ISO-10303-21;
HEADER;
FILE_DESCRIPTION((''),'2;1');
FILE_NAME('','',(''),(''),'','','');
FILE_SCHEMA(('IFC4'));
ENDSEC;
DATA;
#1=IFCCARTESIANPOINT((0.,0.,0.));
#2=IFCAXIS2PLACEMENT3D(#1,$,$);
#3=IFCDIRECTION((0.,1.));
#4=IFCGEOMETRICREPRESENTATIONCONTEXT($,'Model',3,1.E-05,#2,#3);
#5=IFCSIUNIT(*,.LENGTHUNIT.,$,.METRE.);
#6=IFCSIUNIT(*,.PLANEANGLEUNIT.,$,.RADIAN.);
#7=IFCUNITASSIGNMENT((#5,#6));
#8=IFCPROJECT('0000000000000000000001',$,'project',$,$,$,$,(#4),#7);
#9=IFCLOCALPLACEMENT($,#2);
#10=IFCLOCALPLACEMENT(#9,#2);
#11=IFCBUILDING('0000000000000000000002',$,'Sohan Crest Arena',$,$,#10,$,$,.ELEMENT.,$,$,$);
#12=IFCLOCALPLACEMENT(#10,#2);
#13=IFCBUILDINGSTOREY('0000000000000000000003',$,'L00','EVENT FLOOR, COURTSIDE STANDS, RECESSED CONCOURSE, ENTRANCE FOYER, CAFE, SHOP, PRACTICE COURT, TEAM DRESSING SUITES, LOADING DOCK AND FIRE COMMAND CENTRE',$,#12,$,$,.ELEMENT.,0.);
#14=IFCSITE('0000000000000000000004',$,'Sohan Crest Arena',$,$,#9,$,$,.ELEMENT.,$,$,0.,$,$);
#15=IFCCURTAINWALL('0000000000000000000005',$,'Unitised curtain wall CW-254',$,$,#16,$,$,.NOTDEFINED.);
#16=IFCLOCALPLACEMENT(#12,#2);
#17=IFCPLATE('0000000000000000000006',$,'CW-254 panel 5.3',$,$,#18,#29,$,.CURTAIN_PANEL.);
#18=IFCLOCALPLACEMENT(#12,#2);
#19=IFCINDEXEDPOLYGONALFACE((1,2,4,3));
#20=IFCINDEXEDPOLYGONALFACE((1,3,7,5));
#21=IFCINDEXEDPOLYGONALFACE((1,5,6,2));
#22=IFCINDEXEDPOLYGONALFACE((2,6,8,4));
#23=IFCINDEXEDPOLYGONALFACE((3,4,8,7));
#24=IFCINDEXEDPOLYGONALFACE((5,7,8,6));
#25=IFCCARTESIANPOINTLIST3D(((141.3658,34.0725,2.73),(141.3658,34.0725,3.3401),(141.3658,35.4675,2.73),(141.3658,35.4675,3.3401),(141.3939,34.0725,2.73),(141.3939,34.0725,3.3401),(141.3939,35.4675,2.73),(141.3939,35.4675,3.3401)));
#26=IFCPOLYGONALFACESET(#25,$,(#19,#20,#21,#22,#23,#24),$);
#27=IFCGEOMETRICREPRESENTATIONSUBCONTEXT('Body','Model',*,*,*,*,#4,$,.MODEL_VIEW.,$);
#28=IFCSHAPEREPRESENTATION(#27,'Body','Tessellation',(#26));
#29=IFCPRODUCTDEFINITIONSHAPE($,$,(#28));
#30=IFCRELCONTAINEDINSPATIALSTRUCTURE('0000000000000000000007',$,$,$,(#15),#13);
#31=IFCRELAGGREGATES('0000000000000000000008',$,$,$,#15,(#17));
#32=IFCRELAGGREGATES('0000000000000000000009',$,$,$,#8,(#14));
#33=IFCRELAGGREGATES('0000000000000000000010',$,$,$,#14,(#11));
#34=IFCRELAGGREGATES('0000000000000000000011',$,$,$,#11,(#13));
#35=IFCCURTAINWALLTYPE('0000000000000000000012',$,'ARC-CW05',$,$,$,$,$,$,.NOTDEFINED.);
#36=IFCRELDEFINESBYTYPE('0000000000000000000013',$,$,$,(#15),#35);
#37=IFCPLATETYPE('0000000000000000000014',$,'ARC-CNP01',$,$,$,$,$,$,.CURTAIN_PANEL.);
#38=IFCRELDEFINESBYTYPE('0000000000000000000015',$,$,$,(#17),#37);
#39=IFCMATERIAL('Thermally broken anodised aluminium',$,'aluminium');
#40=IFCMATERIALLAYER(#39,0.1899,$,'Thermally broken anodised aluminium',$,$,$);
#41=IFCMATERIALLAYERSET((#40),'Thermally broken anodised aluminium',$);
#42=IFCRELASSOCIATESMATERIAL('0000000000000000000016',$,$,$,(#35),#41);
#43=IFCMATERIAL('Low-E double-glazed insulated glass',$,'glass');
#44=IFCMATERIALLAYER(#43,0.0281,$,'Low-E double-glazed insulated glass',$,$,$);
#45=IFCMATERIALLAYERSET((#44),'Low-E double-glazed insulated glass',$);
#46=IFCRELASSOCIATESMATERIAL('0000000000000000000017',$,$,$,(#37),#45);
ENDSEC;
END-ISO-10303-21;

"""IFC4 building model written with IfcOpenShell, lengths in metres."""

from ifc_helpers import new_model, si_unit, direction, frame, origin, origin_2d, place, context, subcontext, project, spatial, rectangle, extrude, material, layer, layer_set, type_object, element, aggregate, save


model = new_model("IFC4")

# Units and contexts
model_context = context("Model", 3, precision=1e-05, world=origin(), true_north=direction((0.0, 1.0)))
body_context = subcontext(model_context, "Body", "Model", "MODEL_VIEW")
ifc_project = project(units=[si_unit("LENGTHUNIT", "METRE"), si_unit("PLANEANGLEUNIT", "RADIAN")], contexts=[model_context])

# Site, building, storey
site_placement = place(None, origin())
site = spatial("IfcSite", under=ifc_project, at=site_placement, Name="Sohan Crest Arena", CompositionType="ELEMENT", RefElevation=0.0)
building_placement = place(site_placement, origin())
building = spatial("IfcBuilding", under=site, at=building_placement, Name="Sohan Crest Arena", CompositionType="ELEMENT")
storey_placement = place(building_placement, origin())
storey = spatial("IfcBuildingStorey", under=building, at=storey_placement, Name="L00", Description="EVENT FLOOR, COURTSIDE STANDS, RECESSED CONCOURSE, ENTRANCE FOYER, CAFE, SHOP, PRACTICE COURT, TEAM DRESSING SUITES, LOADING DOCK AND FIRE COMMAND CENTRE", CompositionType="ELEMENT", Elevation=0.0)

# Curtain wall, plate
ifc_material_1 = material(Name="Thermally broken anodised aluminium", Category="aluminium")
ifc_layer_1 = layer(ifc_material_1, 0.1899, Name="Thermally broken anodised aluminium")
ifc_layer_set_1 = layer_set([ifc_layer_1], Name="Thermally broken anodised aluminium")
curtain_wall_type = type_object("IfcCurtainWallType", Name="ARC-CW05", PredefinedType="NOTDEFINED", material=ifc_layer_set_1)
curtain_wall_placement = place(storey_placement, origin())
curtain_wall = element("IfcCurtainWall", 1, at=curtain_wall_placement, inside=storey, type_object=curtain_wall_type, Name="Unitised curtain wall CW-254", PredefinedType="NOTDEFINED")
ifc_material_2 = material(Name="Low-E double-glazed insulated glass", Category="glass")
ifc_layer_2 = layer(ifc_material_2, 0.0281, Name="Low-E double-glazed insulated glass")
ifc_layer_set_2 = layer_set([ifc_layer_2], Name="Low-E double-glazed insulated glass")
plate_type = type_object("IfcPlateType", Name="ARC-CNP01", PredefinedType="CURTAIN_PANEL", material=ifc_layer_set_2)
plate_1_placement = place(storey_placement, frame((141.3799, 34.77, 2.73), z_axis=(0.0, 0.0, 1.0), x_axis=(0.0, 1.0, 0.0)))
plate_1 = element("IfcPlate", 2, at=plate_1_placement, type_object=plate_type, Name="CW-254 panel 5.3", PredefinedType="CURTAIN_PANEL", context=body_context, shape_type="SweptSolid", body=[
    extrude(rectangle(XDim=1.395, YDim=0.0281, at=origin_2d()), origin(), (0.0, 0.0, 1.0), 0.6101),
])
aggregate(curtain_wall, [plate_1])

save(model, "model.ifc")
